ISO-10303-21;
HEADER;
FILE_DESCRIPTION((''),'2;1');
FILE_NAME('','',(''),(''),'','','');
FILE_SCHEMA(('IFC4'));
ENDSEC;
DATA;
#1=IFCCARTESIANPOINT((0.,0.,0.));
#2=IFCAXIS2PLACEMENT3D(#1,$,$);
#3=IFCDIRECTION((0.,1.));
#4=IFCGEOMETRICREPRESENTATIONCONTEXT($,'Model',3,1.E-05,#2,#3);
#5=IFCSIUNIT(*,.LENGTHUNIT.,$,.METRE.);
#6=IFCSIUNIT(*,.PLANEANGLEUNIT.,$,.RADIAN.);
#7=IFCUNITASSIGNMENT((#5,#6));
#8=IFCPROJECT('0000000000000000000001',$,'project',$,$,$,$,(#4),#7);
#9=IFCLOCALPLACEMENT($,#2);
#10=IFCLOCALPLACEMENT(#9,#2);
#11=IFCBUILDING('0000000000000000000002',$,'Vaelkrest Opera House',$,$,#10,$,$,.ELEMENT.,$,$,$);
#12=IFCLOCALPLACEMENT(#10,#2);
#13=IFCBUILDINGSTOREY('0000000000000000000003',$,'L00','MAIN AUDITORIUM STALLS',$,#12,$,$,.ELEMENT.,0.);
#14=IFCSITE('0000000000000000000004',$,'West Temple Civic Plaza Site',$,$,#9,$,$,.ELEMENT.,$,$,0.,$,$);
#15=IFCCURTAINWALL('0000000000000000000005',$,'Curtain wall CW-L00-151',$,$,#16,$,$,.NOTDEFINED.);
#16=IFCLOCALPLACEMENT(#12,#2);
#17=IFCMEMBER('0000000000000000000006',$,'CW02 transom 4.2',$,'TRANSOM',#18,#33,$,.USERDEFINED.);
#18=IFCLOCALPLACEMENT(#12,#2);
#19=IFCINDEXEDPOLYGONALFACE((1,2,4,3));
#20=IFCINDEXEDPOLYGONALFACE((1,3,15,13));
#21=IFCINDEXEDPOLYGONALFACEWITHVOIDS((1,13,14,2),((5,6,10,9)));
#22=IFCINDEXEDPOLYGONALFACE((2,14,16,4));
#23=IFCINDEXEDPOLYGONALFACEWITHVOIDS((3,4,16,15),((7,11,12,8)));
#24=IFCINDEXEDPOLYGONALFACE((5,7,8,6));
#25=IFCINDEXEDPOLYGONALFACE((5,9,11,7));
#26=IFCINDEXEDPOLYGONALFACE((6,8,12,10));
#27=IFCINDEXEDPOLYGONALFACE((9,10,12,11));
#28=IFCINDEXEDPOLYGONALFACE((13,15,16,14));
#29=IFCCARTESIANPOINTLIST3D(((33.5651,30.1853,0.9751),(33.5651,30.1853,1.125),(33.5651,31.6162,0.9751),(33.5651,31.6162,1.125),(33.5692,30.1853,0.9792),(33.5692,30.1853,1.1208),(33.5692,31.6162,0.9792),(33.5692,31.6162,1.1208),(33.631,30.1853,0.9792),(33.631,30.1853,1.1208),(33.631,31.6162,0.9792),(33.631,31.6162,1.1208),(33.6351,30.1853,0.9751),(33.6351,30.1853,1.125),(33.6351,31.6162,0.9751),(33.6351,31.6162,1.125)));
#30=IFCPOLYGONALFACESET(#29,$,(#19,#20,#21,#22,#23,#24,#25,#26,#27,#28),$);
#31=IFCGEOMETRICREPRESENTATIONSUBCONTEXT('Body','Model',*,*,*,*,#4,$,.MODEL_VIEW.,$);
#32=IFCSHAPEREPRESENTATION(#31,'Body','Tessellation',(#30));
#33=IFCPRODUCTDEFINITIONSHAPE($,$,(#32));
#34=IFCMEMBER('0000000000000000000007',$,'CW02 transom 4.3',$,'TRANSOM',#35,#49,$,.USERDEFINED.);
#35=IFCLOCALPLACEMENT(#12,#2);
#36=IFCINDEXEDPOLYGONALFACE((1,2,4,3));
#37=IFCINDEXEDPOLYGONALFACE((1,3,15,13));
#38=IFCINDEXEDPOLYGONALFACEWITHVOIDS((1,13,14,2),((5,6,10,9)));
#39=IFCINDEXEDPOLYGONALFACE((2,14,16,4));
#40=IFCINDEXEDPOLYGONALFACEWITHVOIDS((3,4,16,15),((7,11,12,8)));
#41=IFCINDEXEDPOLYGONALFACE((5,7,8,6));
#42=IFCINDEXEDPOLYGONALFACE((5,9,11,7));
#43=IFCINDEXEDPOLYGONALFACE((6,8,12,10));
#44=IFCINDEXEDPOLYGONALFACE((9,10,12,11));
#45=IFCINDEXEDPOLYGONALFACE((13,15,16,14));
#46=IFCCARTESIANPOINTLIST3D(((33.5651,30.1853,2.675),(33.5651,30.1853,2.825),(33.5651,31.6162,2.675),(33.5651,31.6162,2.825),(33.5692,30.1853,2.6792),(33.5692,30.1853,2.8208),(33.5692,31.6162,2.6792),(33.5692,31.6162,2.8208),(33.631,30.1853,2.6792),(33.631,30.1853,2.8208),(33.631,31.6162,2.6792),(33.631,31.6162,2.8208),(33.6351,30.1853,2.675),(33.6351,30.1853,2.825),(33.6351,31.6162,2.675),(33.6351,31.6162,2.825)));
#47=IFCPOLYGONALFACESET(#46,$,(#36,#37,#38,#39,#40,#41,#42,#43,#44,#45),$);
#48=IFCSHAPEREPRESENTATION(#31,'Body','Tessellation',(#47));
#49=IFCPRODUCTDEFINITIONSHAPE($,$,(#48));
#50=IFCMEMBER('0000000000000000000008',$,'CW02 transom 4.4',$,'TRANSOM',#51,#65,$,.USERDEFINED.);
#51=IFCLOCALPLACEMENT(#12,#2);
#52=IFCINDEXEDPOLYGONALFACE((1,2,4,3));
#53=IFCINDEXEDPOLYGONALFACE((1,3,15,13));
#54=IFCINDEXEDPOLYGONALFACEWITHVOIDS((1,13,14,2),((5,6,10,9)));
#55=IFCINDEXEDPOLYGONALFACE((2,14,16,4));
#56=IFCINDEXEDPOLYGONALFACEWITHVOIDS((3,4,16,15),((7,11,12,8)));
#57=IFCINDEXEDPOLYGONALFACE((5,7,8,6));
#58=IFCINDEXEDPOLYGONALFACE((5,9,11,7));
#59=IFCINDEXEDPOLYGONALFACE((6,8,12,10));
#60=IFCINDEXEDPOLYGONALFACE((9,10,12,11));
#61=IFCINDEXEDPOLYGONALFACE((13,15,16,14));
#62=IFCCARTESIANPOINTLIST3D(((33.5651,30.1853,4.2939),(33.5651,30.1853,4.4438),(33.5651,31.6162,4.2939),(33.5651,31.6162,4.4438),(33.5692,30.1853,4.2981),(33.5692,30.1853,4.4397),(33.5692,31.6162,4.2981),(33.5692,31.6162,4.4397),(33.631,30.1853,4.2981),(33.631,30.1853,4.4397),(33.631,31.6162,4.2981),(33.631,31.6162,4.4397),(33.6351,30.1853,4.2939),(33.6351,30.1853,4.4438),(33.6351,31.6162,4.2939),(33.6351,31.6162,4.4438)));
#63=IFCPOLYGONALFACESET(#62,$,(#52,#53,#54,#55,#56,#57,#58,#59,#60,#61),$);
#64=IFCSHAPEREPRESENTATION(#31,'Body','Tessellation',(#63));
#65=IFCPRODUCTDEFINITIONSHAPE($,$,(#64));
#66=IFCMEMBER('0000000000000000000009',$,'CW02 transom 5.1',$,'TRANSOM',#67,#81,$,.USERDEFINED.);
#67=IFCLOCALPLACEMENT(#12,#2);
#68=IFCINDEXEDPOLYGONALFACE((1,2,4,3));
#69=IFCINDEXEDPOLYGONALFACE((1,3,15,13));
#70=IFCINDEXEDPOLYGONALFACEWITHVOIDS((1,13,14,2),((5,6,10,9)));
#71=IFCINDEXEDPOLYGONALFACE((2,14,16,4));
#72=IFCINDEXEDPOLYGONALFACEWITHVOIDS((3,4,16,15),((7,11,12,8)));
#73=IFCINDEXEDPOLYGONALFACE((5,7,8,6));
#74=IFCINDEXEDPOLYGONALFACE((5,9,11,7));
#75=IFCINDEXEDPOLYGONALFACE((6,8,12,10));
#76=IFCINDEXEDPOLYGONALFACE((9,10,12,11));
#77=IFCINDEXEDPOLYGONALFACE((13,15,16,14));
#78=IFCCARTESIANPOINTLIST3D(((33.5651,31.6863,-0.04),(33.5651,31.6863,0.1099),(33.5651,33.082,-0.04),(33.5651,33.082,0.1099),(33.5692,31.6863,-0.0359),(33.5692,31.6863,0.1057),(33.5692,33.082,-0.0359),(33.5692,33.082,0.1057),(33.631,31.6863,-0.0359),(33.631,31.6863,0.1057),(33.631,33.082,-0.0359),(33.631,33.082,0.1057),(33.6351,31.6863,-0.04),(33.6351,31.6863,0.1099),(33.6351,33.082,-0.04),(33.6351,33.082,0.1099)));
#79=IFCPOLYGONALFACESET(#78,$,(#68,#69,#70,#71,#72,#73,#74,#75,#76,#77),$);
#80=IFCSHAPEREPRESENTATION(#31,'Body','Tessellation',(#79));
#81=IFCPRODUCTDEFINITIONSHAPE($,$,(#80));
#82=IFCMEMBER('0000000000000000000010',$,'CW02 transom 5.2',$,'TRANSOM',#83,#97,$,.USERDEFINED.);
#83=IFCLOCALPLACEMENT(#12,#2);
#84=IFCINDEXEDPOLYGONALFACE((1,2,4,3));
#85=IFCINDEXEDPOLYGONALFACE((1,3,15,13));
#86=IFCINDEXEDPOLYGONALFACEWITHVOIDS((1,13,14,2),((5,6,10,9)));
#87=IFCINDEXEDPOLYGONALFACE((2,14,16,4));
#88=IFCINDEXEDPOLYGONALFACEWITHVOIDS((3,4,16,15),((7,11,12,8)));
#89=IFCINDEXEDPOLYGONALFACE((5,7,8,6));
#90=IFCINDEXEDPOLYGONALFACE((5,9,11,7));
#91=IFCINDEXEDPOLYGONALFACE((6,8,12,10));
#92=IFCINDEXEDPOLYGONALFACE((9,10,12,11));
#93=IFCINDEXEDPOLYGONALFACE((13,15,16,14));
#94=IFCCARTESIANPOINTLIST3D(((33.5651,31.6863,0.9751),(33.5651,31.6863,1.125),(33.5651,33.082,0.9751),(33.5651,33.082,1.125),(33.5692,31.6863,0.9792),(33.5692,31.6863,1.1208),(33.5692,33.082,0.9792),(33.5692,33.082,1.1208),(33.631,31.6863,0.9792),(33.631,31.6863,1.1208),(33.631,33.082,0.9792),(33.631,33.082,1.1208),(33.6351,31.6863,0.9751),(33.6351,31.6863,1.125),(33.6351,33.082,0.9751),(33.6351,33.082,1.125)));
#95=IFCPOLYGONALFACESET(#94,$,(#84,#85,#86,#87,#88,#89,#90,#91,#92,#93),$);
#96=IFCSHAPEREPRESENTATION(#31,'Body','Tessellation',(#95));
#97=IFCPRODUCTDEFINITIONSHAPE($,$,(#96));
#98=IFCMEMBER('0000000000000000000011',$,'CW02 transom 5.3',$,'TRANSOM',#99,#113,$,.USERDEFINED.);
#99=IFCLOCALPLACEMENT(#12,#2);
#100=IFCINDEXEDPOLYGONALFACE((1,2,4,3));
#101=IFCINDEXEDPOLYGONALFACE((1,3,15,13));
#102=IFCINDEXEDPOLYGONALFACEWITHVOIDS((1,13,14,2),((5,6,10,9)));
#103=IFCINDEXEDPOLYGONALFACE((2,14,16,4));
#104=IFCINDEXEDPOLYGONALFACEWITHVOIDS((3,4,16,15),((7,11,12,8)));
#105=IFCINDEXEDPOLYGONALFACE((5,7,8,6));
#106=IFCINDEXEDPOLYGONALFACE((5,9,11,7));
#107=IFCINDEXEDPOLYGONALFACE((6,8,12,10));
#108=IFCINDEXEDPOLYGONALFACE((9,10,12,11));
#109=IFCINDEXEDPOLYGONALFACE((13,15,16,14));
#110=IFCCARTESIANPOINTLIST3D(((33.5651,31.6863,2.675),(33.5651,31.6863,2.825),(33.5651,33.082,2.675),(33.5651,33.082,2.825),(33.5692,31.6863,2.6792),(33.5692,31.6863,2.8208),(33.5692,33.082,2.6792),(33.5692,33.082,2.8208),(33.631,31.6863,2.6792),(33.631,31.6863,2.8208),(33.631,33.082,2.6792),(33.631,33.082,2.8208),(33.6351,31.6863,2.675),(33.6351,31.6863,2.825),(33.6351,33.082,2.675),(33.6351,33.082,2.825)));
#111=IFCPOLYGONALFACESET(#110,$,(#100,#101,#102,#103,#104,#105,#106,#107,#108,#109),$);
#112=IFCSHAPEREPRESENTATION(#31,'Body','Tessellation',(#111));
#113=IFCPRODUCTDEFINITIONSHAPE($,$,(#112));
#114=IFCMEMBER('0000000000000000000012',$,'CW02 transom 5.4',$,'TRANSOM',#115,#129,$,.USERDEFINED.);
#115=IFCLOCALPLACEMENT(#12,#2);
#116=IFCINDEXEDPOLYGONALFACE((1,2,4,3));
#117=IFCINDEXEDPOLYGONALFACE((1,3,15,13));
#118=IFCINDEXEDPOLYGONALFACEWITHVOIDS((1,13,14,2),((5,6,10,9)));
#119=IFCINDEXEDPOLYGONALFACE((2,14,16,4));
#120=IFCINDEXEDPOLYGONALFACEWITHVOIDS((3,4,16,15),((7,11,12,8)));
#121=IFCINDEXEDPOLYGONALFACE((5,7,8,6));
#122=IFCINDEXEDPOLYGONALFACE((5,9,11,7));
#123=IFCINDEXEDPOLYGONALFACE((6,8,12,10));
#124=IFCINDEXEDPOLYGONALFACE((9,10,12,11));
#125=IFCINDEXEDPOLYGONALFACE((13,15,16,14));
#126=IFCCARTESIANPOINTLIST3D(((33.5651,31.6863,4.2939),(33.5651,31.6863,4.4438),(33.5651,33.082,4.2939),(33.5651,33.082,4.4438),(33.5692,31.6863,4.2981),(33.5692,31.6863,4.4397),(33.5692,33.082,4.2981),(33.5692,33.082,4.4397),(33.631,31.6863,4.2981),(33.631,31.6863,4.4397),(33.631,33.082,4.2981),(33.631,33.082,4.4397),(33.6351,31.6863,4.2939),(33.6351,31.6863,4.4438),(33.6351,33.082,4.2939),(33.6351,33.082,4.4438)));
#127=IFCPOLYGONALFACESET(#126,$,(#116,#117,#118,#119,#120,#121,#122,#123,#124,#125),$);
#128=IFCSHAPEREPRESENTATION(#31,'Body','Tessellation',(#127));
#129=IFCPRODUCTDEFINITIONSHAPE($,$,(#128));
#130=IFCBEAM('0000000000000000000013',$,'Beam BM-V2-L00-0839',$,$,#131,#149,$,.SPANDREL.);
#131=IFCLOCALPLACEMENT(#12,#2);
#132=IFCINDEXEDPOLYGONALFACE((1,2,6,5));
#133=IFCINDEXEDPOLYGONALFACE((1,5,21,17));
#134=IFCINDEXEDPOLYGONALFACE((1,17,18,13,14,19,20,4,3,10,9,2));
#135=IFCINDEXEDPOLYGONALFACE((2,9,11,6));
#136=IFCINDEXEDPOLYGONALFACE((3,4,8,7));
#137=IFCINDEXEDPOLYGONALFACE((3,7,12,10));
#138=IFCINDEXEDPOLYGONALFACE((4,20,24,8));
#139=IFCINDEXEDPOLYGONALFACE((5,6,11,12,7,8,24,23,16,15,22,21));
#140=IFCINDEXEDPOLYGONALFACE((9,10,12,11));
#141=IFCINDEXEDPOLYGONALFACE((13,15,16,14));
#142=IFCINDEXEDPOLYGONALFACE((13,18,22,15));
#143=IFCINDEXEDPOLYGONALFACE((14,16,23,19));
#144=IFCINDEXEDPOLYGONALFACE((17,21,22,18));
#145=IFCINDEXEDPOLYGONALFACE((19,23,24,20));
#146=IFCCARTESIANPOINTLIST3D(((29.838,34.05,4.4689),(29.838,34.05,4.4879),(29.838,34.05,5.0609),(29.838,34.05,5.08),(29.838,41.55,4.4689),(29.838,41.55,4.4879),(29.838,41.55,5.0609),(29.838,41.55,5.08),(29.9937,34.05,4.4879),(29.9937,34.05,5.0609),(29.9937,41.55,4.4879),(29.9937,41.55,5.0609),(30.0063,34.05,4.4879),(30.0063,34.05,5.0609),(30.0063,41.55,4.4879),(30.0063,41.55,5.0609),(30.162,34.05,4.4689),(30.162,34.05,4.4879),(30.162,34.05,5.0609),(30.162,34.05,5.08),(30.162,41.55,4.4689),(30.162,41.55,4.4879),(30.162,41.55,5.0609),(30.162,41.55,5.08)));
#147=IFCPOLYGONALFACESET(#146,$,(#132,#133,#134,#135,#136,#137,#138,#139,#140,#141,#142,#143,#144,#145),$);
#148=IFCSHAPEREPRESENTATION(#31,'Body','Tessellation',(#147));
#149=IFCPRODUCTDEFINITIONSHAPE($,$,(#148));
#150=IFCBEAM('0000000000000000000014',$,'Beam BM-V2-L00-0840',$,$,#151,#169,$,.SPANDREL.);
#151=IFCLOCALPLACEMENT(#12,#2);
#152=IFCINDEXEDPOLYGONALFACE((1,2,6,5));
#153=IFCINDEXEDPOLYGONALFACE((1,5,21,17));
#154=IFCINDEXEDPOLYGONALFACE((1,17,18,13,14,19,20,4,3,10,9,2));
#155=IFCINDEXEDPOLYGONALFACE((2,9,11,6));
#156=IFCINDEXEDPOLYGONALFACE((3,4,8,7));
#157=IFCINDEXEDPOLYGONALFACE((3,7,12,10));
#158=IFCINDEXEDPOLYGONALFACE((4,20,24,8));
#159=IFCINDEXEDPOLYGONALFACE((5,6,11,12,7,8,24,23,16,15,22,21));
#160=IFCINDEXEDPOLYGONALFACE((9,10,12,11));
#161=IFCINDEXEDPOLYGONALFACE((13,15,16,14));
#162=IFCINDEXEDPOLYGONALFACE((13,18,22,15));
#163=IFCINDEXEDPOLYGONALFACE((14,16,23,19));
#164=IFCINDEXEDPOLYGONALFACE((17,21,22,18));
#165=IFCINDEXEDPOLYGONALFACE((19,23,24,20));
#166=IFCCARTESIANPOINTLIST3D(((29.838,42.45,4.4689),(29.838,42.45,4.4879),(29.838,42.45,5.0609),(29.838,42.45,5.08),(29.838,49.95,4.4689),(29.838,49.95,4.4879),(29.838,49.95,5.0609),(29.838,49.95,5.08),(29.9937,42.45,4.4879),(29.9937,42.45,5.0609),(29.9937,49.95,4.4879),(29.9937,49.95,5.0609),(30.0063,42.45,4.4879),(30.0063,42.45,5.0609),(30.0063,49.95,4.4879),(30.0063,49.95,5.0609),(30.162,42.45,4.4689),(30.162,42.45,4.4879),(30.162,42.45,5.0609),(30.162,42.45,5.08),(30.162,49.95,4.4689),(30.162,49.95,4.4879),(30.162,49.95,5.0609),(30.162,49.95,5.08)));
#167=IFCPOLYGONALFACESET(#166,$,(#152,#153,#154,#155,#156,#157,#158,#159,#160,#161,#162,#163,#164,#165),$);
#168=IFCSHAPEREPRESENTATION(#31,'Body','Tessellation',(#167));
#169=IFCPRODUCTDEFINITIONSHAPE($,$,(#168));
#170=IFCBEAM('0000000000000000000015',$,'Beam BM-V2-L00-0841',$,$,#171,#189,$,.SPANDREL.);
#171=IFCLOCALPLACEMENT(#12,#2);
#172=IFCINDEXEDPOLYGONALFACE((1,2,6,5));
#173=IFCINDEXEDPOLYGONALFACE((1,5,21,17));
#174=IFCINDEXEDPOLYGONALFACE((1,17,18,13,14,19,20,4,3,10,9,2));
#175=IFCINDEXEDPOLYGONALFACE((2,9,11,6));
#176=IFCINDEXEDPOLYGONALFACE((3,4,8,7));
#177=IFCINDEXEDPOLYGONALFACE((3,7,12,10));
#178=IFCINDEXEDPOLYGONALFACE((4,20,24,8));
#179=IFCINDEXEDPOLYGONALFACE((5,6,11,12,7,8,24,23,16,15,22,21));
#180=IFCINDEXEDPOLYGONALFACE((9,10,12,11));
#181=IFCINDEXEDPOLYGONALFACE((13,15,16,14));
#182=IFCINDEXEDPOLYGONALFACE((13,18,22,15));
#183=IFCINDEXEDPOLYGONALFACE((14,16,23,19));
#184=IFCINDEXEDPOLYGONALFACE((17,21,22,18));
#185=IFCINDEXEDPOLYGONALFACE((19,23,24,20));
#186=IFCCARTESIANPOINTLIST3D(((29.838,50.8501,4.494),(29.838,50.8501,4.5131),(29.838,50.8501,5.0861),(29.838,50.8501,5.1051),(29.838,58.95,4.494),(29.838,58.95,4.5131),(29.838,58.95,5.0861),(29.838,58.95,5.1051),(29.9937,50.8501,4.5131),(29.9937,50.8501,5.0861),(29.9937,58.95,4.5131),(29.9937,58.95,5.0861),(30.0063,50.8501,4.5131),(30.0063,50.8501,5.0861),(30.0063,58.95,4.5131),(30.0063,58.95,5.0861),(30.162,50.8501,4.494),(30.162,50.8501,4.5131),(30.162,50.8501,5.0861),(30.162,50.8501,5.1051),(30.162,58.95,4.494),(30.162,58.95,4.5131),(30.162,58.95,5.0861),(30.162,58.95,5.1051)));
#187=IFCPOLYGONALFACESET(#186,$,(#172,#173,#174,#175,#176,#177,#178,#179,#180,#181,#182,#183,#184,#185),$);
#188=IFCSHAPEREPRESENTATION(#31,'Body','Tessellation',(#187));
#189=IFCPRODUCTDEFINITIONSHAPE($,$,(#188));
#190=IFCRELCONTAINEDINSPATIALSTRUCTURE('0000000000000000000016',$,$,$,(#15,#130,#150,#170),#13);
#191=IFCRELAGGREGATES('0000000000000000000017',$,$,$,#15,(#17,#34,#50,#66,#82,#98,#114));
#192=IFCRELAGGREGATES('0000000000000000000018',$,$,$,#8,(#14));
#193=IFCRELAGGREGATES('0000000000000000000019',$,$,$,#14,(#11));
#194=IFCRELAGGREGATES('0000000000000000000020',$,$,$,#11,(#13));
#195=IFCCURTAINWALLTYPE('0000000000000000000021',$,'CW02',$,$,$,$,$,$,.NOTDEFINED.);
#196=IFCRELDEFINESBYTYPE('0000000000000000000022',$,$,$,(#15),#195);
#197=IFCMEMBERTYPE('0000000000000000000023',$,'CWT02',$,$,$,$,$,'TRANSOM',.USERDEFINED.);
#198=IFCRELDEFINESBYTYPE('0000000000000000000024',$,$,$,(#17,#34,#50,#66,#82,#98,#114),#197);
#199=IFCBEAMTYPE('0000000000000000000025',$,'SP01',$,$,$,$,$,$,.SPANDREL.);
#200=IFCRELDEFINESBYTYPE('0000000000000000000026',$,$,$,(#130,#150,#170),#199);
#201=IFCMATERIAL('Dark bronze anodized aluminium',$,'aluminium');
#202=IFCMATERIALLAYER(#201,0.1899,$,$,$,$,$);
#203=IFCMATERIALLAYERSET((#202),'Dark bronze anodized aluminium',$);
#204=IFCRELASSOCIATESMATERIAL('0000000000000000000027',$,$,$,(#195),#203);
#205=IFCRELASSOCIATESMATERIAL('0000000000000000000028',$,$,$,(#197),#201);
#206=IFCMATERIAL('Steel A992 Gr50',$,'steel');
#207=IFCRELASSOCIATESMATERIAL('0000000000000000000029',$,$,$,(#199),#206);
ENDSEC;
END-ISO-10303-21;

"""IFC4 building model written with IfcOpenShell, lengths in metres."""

from ifc_helpers import new_model, si_unit, direction, frame, origin, origin_2d, place, context, subcontext, project, spatial, hollow_rectangle, i_section, extrude, material, layer, layer_set, material_profile, profile_set, type_object, element, aggregate, save


model = new_model("IFC4")

# Units and contexts
model_context = context("Model", 3, precision=1e-05, world=origin(), true_north=direction((0.0, 1.0)))
body_context = subcontext(model_context, "Body", "Model", "MODEL_VIEW")
ifc_project = project(units=[si_unit("LENGTHUNIT", "METRE"), si_unit("PLANEANGLEUNIT", "RADIAN")], contexts=[model_context])

# Site, building, storey
site_placement = place(None, origin())
site = spatial("IfcSite", under=ifc_project, at=site_placement, Name="West Temple Civic Plaza Site", CompositionType="ELEMENT", RefElevation=0.0)
building_placement = place(site_placement, origin())
building = spatial("IfcBuilding", under=site, at=building_placement, Name="Vaelkrest Opera House", CompositionType="ELEMENT")
storey_placement = place(building_placement, origin())
storey = spatial("IfcBuildingStorey", under=building, at=storey_placement, Name="L00", Description="MAIN AUDITORIUM STALLS", CompositionType="ELEMENT", Elevation=0.0)

# Curtain wall, members
ifc_material_1 = material(Name="Dark bronze anodized aluminium", Category="aluminium")
ifc_layer_1 = layer(ifc_material_1, 0.1899)
ifc_layer_set_1 = layer_set([ifc_layer_1], Name="Dark bronze anodized aluminium")
curtain_wall_type = type_object("IfcCurtainWallType", Name="CW02", PredefinedType="NOTDEFINED", material=ifc_layer_set_1)
curtain_wall_placement = place(storey_placement, origin())
curtain_wall = element("IfcCurtainWall", 1, at=curtain_wall_placement, inside=storey, type_object=curtain_wall_type, Name="Curtain wall CW-L00-151", PredefinedType="NOTDEFINED")
ifc_material_profile_1 = material_profile(ifc_material_1, hollow_rectangle(XDim=0.0701, YDim=0.1499, WallThickness=0.0042, at=origin_2d()), Name="CWT70X150")
ifc_profile_set_1 = profile_set([ifc_material_profile_1], Name="Dark bronze anodized aluminium")
member_type_1 = type_object("IfcMemberType", Name="CWT02", ElementType="TRANSOM", PredefinedType="USERDEFINED", material=ifc_profile_set_1)
member_1_placement = place(storey_placement, frame((33.6001, 30.1853, 1.05), z_axis=(0.0, 1.0, 0.0), x_axis=(-1.0, 0.0, 0.0)))
member_1 = element("IfcMember", 2, at=member_1_placement, type_object=member_type_1, Name="CW02 transom 4.2", ObjectType="TRANSOM", PredefinedType="USERDEFINED", context=body_context, shape_type="SweptSolid", body=[
    extrude(hollow_rectangle(XDim=0.0701, YDim=0.1499, WallThickness=0.0042, at=origin_2d()), origin(), (0.0, 0.0, 1.0), 1.4309),
])
member_2_placement = place(storey_placement, frame((33.6001, 30.1853, 2.75), z_axis=(0.0, 1.0, 0.0), x_axis=(-1.0, 0.0, 0.0)))
member_2 = element("IfcMember", 3, at=member_2_placement, type_object=member_type_1, Name="CW02 transom 4.3", ObjectType="TRANSOM", PredefinedType="USERDEFINED", context=body_context, shape_type="SweptSolid", body=[
    extrude(hollow_rectangle(XDim=0.0701, YDim=0.1499, WallThickness=0.0042, at=origin_2d()), origin(), (0.0, 0.0, 1.0), 1.4309),
])
member_3_placement = place(storey_placement, frame((33.6001, 30.1853, 4.3689), z_axis=(0.0, 1.0, 0.0), x_axis=(-1.0, 0.0, 0.0)))
member_3 = element("IfcMember", 4, at=member_3_placement, type_object=member_type_1, Name="CW02 transom 4.4", ObjectType="TRANSOM", PredefinedType="USERDEFINED", context=body_context, shape_type="SweptSolid", body=[
    extrude(hollow_rectangle(XDim=0.0701, YDim=0.1499, WallThickness=0.0042, at=origin_2d()), origin(), (0.0, 0.0, 1.0), 1.4309),
])
member_4_placement = place(storey_placement, frame((33.6001, 31.6863, 0.0349), z_axis=(0.0, 1.0, 0.0), x_axis=(-1.0, 0.0, 0.0)))
member_4 = element("IfcMember", 5, at=member_4_placement, type_object=member_type_1, Name="CW02 transom 5.1", ObjectType="TRANSOM", PredefinedType="USERDEFINED", context=body_context, shape_type="SweptSolid", body=[
    extrude(hollow_rectangle(XDim=0.0701, YDim=0.1499, WallThickness=0.0042, at=origin_2d()), origin(), (0.0, 0.0, 1.0), 1.3958),
])
member_5_placement = place(storey_placement, frame((33.6001, 31.6863, 1.05), z_axis=(0.0, 1.0, 0.0), x_axis=(-1.0, 0.0, 0.0)))
member_5 = element("IfcMember", 6, at=member_5_placement, type_object=member_type_1, Name="CW02 transom 5.2", ObjectType="TRANSOM", PredefinedType="USERDEFINED", context=body_context, shape_type="SweptSolid", body=[
    extrude(hollow_rectangle(XDim=0.0701, YDim=0.1499, WallThickness=0.0042, at=origin_2d()), origin(), (0.0, 0.0, 1.0), 1.3958),
])
member_6_placement = place(storey_placement, frame((33.6001, 31.6863, 2.75), z_axis=(0.0, 1.0, 0.0), x_axis=(-1.0, 0.0, 0.0)))
member_6 = element("IfcMember", 7, at=member_6_placement, type_object=member_type_1, Name="CW02 transom 5.3", ObjectType="TRANSOM", PredefinedType="USERDEFINED", context=body_context, shape_type="SweptSolid", body=[
    extrude(hollow_rectangle(XDim=0.0701, YDim=0.1499, WallThickness=0.0042, at=origin_2d()), origin(), (0.0, 0.0, 1.0), 1.3958),
])
member_7_placement = place(storey_placement, frame((33.6001, 31.6863, 4.3689), z_axis=(0.0, 1.0, 0.0), x_axis=(-1.0, 0.0, 0.0)))
member_7 = element("IfcMember", 8, at=member_7_placement, type_object=member_type_1, Name="CW02 transom 5.4", ObjectType="TRANSOM", PredefinedType="USERDEFINED", context=body_context, shape_type="SweptSolid", body=[
    extrude(hollow_rectangle(XDim=0.0701, YDim=0.1499, WallThickness=0.0042, at=origin_2d()), origin(), (0.0, 0.0, 1.0), 1.3958),
])

# Beams
ifc_material_2 = material(Name="Steel A992 Gr50", Category="steel")
ifc_material_profile_2 = material_profile(ifc_material_2, i_section(OverallWidth=0.324, OverallDepth=0.6111, WebThickness=0.0127, FlangeThickness=0.019, at=origin_2d()), Name="W24X104")
ifc_profile_set_2 = profile_set([ifc_material_profile_2], Name="Steel A992 Gr50")
beam_type_1 = type_object("IfcBeamType", Name="SP01", PredefinedType="SPANDREL", material=ifc_profile_set_2)
for number, where, z_axis, x_axis, name in (
    (9, (30.0, 34.05, 4.7744), (0.0, 1.0, 0.0), (-1.0, 0.0, 0.0), "Beam BM-V2-L00-0839"),
    (10, (30.0, 42.45, 4.7744), (0.0, 1.0, 0.0), (-1.0, 0.0, 0.0), "Beam BM-V2-L00-0840"),
):
    element("IfcBeam", number, at=place(storey_placement, frame(where, z_axis=z_axis, x_axis=x_axis)), inside=storey, type_object=beam_type_1, Name=name, PredefinedType="SPANDREL", context=body_context, shape_type="SweptSolid", body=[
        extrude(i_section(OverallWidth=0.324, OverallDepth=0.6111, WebThickness=0.0127, FlangeThickness=0.019, at=origin_2d()), origin(), (0.0, 0.0, 1.0), 7.5),
    ])
beam_1_placement = place(storey_placement, frame((30.0, 50.8501, 4.7996), z_axis=(0.0, 1.0, 0.0), x_axis=(-1.0, 0.0, 0.0)))
element("IfcBeam", 11, at=beam_1_placement, inside=storey, type_object=beam_type_1, Name="Beam BM-V2-L00-0841", PredefinedType="SPANDREL", context=body_context, shape_type="SweptSolid", body=[
    extrude(i_section(OverallWidth=0.324, OverallDepth=0.6111, WebThickness=0.0127, FlangeThickness=0.019, at=origin_2d()), origin(), (0.0, 0.0, 1.0), 8.0999),
])

aggregate(curtain_wall, [member_1, member_2, member_3, member_4, member_5, member_6, member_7])

save(model, "model.ifc")
